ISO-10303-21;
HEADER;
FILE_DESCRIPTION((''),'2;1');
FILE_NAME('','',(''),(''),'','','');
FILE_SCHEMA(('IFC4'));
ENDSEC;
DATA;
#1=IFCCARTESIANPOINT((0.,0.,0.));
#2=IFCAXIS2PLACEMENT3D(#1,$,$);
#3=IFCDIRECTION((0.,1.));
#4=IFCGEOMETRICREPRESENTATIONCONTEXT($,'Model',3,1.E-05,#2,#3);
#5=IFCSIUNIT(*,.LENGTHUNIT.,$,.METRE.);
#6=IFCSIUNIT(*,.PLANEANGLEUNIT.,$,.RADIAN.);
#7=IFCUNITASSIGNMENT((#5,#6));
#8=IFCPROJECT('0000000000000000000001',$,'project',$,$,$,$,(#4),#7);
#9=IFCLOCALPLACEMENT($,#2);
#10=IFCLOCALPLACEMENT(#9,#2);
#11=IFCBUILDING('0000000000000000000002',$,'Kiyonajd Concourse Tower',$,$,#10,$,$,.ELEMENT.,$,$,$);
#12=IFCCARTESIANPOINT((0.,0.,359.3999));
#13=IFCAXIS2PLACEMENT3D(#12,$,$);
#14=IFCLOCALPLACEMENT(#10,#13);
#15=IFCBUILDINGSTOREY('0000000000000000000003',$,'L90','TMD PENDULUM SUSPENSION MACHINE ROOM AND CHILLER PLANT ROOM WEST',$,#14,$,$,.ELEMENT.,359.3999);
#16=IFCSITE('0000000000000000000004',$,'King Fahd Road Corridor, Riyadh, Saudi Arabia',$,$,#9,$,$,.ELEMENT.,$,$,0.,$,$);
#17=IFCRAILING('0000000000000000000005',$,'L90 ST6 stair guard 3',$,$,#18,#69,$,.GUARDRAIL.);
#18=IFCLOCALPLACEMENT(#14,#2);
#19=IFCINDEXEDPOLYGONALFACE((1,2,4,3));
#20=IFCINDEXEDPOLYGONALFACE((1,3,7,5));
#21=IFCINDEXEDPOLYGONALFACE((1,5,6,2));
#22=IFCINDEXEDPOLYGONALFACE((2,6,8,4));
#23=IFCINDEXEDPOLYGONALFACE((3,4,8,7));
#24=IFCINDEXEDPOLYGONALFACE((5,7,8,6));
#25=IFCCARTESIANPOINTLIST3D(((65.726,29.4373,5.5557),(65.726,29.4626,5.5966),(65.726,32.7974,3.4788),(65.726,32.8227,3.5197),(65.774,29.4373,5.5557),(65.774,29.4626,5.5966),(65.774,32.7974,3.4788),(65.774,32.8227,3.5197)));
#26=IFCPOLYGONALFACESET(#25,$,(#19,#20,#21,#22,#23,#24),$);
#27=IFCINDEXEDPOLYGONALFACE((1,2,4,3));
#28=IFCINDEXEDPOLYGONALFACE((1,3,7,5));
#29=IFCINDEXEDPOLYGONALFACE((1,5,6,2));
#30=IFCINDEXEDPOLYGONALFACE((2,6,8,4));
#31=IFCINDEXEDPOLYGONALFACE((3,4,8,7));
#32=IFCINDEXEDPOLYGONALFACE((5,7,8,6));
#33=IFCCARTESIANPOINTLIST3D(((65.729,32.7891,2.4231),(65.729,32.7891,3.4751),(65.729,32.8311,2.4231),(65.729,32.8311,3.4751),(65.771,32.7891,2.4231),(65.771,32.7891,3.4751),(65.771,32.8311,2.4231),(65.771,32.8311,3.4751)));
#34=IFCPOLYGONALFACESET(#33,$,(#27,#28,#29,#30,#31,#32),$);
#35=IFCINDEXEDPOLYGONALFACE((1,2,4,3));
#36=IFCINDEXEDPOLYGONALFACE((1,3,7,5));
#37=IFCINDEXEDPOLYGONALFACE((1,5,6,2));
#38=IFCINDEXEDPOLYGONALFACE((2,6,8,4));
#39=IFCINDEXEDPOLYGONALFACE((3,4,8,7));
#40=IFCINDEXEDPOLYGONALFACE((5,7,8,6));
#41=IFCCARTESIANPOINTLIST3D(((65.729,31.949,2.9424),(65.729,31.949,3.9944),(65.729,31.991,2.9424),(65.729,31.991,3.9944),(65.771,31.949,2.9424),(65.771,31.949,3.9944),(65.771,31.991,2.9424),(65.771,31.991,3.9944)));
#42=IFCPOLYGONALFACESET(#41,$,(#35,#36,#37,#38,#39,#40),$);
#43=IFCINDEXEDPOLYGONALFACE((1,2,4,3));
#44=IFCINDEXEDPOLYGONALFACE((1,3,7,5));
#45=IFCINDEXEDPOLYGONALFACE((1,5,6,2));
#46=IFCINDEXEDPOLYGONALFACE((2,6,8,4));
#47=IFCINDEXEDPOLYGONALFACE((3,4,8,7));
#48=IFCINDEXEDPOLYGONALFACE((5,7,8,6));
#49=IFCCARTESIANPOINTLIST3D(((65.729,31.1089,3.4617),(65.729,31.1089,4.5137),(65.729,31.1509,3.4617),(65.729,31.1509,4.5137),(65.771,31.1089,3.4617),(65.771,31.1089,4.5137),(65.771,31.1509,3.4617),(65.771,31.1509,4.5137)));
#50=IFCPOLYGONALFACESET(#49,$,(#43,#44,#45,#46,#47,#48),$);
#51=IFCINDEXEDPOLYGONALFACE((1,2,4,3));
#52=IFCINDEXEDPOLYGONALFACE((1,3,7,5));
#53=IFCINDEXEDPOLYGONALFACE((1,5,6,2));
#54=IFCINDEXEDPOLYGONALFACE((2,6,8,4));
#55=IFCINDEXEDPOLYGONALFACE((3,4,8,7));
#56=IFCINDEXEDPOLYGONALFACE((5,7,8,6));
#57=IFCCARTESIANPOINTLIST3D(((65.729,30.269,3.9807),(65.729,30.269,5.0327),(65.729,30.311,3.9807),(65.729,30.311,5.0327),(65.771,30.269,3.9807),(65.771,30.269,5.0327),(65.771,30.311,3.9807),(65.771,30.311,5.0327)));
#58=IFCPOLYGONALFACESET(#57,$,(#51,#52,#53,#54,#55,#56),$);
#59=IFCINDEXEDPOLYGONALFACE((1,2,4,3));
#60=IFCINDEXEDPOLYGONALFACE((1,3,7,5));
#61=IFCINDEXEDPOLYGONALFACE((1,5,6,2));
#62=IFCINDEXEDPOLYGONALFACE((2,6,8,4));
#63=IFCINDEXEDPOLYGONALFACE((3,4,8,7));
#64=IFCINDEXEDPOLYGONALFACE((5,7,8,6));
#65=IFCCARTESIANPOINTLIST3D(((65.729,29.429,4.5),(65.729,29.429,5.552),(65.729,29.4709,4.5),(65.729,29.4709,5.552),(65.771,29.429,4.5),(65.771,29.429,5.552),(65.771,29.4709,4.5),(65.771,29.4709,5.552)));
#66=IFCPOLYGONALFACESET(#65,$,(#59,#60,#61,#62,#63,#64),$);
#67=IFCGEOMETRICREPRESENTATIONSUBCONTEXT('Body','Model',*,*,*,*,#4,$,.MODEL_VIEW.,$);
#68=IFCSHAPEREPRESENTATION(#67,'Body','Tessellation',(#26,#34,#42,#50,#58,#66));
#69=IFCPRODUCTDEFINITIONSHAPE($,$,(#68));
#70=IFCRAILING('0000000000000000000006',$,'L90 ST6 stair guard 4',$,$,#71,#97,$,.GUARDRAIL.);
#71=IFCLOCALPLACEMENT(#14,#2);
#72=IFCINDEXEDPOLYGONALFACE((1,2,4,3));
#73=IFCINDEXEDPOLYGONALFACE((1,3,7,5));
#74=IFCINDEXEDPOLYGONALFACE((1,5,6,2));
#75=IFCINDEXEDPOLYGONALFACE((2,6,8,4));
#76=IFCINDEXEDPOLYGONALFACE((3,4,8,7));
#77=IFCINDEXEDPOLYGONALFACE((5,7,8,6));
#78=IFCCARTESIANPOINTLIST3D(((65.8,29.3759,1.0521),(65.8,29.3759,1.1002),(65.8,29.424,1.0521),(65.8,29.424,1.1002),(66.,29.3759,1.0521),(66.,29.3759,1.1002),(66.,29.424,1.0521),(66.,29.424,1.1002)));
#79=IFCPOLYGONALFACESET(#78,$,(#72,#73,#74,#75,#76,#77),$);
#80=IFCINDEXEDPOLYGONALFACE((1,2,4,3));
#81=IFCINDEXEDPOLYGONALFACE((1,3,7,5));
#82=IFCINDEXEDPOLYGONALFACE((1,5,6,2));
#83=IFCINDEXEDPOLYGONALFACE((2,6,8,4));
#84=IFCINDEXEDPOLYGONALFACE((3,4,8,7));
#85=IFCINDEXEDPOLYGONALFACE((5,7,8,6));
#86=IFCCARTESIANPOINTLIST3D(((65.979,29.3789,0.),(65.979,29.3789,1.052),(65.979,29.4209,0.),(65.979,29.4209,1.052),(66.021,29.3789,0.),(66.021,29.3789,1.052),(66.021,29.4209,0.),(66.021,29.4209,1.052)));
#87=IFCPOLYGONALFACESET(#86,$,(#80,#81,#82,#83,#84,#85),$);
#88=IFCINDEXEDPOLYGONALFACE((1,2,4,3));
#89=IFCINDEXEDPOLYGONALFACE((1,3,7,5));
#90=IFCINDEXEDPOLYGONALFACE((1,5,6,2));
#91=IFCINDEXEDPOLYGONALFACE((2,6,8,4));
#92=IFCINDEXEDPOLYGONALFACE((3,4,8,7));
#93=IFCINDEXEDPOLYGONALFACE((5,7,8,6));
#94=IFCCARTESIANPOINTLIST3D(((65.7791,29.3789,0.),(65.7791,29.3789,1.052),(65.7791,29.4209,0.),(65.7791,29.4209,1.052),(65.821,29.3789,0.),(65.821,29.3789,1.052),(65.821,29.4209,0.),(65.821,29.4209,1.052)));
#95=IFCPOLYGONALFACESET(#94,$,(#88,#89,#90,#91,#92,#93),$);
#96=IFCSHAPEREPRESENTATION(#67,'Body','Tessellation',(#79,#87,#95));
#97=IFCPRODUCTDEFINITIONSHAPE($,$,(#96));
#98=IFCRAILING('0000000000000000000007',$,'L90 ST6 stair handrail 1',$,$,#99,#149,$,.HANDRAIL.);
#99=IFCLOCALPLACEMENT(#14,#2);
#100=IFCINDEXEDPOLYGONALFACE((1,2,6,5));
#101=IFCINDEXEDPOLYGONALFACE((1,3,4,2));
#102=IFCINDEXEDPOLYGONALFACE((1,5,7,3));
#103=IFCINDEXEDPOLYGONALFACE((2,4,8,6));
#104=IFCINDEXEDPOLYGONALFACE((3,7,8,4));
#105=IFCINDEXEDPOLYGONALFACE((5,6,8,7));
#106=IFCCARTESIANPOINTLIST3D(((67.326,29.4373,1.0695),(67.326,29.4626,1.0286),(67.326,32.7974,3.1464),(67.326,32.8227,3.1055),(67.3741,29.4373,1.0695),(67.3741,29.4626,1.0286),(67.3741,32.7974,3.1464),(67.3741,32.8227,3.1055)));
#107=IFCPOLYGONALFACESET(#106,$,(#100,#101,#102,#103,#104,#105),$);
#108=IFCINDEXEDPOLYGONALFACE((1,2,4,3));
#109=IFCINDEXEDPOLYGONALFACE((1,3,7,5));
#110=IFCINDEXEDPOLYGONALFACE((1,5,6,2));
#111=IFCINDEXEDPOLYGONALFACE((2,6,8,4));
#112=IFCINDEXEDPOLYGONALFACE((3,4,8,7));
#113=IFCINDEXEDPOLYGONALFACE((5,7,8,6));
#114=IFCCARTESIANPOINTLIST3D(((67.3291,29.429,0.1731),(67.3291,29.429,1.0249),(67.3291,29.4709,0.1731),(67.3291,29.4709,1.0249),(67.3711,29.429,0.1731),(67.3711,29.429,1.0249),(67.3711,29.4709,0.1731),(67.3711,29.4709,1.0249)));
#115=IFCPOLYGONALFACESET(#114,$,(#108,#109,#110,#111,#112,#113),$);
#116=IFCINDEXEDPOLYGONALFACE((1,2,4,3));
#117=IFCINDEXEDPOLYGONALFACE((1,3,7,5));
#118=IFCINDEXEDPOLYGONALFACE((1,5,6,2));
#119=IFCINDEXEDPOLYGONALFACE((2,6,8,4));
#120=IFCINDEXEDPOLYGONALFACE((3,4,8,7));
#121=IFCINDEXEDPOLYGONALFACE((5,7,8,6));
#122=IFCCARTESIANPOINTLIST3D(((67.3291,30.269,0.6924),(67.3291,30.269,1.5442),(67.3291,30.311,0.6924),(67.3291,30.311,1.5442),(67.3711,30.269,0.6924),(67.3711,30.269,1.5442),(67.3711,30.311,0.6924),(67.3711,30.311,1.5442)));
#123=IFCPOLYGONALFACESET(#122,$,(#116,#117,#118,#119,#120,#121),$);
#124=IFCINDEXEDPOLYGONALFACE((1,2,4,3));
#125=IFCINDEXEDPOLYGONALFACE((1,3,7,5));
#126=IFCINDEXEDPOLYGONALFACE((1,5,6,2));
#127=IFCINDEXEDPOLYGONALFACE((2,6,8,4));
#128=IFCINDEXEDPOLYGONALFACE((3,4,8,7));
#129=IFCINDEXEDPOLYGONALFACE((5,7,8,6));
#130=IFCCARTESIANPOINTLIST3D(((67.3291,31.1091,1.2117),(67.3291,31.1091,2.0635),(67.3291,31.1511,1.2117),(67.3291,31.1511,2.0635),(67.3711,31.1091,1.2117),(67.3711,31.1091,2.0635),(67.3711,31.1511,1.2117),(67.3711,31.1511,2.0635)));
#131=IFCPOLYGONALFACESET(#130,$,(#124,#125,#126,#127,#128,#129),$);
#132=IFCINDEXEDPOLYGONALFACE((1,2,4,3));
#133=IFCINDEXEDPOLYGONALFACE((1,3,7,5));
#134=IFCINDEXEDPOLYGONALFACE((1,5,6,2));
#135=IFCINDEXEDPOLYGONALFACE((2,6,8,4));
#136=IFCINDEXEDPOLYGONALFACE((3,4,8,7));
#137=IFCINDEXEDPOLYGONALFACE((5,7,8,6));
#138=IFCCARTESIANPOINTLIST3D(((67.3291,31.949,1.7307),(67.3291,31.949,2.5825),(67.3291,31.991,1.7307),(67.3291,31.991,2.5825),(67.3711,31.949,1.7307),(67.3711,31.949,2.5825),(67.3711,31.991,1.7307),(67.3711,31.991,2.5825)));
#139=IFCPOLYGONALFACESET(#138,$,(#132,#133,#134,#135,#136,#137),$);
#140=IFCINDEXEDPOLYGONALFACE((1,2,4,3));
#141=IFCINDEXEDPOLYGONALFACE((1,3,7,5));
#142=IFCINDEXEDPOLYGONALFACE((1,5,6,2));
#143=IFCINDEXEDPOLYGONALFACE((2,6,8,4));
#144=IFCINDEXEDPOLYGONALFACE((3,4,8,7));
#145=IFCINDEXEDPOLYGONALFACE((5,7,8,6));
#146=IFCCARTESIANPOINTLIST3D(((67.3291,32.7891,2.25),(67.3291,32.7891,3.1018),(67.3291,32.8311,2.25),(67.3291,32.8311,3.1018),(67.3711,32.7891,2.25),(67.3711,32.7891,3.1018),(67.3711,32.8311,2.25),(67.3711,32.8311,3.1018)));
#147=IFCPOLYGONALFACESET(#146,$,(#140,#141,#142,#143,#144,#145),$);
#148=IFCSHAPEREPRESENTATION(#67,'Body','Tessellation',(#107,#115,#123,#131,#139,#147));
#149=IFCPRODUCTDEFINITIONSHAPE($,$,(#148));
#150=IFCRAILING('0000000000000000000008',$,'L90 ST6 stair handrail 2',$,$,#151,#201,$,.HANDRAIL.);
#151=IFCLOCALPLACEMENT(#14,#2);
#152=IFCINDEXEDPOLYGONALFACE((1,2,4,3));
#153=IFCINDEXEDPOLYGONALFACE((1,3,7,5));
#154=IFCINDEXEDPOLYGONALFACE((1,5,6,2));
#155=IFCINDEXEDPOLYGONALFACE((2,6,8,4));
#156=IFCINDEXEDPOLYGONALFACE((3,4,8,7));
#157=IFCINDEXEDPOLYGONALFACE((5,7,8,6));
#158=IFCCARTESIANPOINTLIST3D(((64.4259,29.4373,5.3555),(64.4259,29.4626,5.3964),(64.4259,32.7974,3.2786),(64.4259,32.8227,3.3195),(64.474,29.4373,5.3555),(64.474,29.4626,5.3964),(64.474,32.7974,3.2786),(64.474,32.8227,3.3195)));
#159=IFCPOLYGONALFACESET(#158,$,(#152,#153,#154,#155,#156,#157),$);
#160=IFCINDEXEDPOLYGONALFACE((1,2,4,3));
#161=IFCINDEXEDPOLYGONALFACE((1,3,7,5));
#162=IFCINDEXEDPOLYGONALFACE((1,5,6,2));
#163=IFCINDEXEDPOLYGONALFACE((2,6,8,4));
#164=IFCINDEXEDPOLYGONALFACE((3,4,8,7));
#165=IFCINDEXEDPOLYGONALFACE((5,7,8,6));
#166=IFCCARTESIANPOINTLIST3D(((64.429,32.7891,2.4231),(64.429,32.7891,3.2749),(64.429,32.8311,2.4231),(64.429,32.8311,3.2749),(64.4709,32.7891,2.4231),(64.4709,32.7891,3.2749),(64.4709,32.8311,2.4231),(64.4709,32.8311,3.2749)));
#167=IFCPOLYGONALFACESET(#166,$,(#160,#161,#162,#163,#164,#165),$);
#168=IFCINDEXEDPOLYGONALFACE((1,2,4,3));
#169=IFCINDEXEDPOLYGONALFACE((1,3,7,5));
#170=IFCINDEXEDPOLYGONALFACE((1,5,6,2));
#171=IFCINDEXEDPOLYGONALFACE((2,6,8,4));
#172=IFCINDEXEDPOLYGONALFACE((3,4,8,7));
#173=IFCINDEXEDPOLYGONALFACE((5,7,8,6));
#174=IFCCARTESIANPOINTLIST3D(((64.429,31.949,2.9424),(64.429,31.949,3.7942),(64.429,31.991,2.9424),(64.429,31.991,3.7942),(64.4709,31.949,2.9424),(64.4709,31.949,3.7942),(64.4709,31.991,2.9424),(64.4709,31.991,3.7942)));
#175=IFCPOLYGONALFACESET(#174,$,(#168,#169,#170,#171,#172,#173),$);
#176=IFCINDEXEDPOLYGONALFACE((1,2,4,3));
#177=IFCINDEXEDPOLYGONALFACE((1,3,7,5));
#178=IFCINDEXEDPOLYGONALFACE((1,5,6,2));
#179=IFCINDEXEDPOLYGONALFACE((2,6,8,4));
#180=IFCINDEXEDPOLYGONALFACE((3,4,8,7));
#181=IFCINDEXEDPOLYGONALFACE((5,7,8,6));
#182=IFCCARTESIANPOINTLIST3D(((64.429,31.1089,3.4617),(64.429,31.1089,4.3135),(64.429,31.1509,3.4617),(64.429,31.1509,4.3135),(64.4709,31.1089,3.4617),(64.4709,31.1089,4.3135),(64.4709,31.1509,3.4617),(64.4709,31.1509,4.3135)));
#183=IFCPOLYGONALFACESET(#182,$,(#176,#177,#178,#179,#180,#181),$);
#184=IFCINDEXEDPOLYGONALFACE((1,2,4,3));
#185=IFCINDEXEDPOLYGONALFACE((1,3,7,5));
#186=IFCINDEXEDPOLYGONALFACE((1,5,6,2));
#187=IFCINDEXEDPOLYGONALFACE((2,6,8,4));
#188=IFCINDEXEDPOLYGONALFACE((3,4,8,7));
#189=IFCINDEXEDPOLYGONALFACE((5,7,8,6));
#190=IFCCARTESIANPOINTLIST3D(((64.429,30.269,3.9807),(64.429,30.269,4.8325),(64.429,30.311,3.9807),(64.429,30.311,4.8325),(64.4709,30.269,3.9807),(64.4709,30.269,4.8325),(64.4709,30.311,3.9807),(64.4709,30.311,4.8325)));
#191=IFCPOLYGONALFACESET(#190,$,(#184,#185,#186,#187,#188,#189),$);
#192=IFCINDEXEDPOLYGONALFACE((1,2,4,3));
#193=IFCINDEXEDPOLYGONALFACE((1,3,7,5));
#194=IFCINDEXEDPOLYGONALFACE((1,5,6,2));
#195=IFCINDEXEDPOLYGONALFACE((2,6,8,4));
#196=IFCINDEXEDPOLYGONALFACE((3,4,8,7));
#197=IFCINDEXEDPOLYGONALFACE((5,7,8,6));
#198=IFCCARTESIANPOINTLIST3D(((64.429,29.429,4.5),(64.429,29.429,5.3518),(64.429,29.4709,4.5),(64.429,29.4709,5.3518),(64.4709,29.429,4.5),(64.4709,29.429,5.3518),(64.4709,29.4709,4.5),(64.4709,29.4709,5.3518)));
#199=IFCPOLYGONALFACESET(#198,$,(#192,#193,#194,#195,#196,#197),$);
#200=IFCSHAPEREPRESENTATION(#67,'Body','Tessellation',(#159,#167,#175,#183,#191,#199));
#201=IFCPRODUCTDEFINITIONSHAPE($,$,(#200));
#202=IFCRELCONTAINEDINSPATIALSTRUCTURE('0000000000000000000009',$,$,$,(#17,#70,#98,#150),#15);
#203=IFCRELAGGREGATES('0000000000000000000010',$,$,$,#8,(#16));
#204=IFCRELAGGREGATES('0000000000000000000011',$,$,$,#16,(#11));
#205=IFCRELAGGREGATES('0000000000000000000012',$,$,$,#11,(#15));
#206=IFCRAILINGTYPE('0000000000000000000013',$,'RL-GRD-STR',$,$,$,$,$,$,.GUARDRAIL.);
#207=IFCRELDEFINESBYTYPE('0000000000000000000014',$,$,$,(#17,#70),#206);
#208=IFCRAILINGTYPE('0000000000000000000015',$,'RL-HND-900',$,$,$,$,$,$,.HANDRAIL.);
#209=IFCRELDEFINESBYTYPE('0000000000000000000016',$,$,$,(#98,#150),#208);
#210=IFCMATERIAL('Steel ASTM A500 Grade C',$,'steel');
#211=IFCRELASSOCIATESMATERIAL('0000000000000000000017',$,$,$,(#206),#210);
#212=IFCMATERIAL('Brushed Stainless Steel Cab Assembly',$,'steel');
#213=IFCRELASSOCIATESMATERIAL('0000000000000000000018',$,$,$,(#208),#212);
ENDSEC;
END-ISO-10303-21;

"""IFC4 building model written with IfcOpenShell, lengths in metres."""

from ifc_helpers import new_model, si_unit, direction, frame, origin, origin_2d, place, context, subcontext, project, spatial, rectangle, extrude, material, type_object, element, save


model = new_model("IFC4")

# Units and contexts
model_context = context("Model", 3, precision=1e-05, world=origin(), true_north=direction((0.0, 1.0)))
body_context = subcontext(model_context, "Body", "Model", "MODEL_VIEW")
ifc_project = project(units=[si_unit("LENGTHUNIT", "METRE"), si_unit("PLANEANGLEUNIT", "RADIAN")], contexts=[model_context])

# Site, building, storey
site_placement = place(None, origin())
site = spatial("IfcSite", under=ifc_project, at=site_placement, Name="King Fahd Road Corridor, Riyadh, Saudi Arabia", CompositionType="ELEMENT", RefElevation=0.0)
building_placement = place(site_placement, origin())
building = spatial("IfcBuilding", under=site, at=building_placement, Name="Kiyonajd Concourse Tower", CompositionType="ELEMENT")
storey_placement = place(building_placement, frame((0.0, 0.0, 359.3999)))
storey = spatial("IfcBuildingStorey", under=building, at=storey_placement, Name="L90", Description="TMD PENDULUM SUSPENSION MACHINE ROOM AND CHILLER PLANT ROOM WEST", CompositionType="ELEMENT", Elevation=359.3999)

# Shared definitions
ifc_material_1 = material(Name="Steel ASTM A500 Grade C", Category="steel")

# Shared definitions
ifc_material_2 = material(Name="Brushed Stainless Steel Cab Assembly", Category="steel")

# Railings
railing_type_1 = type_object("IfcRailingType", Name="RL-GRD-STR", PredefinedType="GUARDRAIL", material=ifc_material_1)
railing_1_placement = place(storey_placement, frame((65.75, 32.8101, 2.4231)))
element("IfcRailing", 1, at=railing_1_placement, inside=storey, type_object=railing_type_1, Name="L90 ST6 stair guard 3", PredefinedType="GUARDRAIL", context=body_context, shape_type="SweptSolid", body=[
    extrude(rectangle(XDim=0.0481, YDim=0.0481, at=origin_2d()), frame((0.0, 0.0, 1.0762), z_axis=(0.0, -0.850623, 0.525776), x_axis=(1.0, 0.0, 0.0)), (0.0, 0.0, 1.0), 3.9502),
    extrude(rectangle(XDim=0.042, YDim=0.042, at=origin_2d()), origin(), (0.0, 0.0, 1.0), 1.052),
    extrude(rectangle(XDim=0.042, YDim=0.042, at=origin_2d()), frame((0.0, -0.8401, 0.5193)), (0.0, 0.0, 1.0), 1.052),
    extrude(rectangle(XDim=0.042, YDim=0.042, at=origin_2d()), frame((0.0, -1.6802, 1.0386)), (0.0, 0.0, 1.0), 1.052),
    extrude(rectangle(XDim=0.042, YDim=0.042, at=origin_2d()), frame((0.0, -2.52, 1.5576)), (0.0, 0.0, 1.0), 1.052),
    extrude(rectangle(XDim=0.042, YDim=0.042, at=origin_2d()), frame((0.0, -3.3601, 2.0769)), (0.0, 0.0, 1.0), 1.052),
])
railing_2_placement = place(storey_placement, frame((66.0, 29.3999, 0.0)))
element("IfcRailing", 2, at=railing_2_placement, inside=storey, type_object=railing_type_1, Name="L90 ST6 stair guard 4", PredefinedType="GUARDRAIL", context=body_context, shape_type="SweptSolid", body=[
    extrude(rectangle(XDim=0.0481, YDim=0.0481, at=origin_2d()), frame((0.0, 0.0, 1.0762), z_axis=(-1.0, 0.0, 0.0), x_axis=(0.0, -1.0, 0.0)), (0.0, 0.0, 1.0), 0.2),
    extrude(rectangle(XDim=0.042, YDim=0.042, at=origin_2d()), origin(), (0.0, 0.0, 1.0), 1.052),
    extrude(rectangle(XDim=0.042, YDim=0.042, at=origin_2d()), frame((-0.2, 0.0, 0.0)), (0.0, 0.0, 1.0), 1.052),
])
railing_type_2 = type_object("IfcRailingType", Name="RL-HND-900", PredefinedType="HANDRAIL", material=ifc_material_2)
railing_3_placement = place(storey_placement, frame((67.3501, 29.45, 0.1731)))
element("IfcRailing", 3, at=railing_3_placement, inside=storey, type_object=railing_type_2, Name="L90 ST6 stair handrail 1", PredefinedType="HANDRAIL", context=body_context, shape_type="SweptSolid", body=[
    extrude(rectangle(XDim=0.0481, YDim=0.0481, at=origin_2d()), frame((0.0, 0.0, 0.876), z_axis=(0.0, 0.850623, 0.525776), x_axis=(-1.0, 0.0, 0.0)), (0.0, 0.0, 1.0), 3.9502),
    extrude(rectangle(XDim=0.042, YDim=0.042, at=origin_2d()), origin(), (0.0, 0.0, 1.0), 0.8518),
    extrude(rectangle(XDim=0.042, YDim=0.042, at=origin_2d()), frame((0.0, 0.8401, 0.5193)), (0.0, 0.0, 1.0), 0.8518),
    extrude(rectangle(XDim=0.042, YDim=0.042, at=origin_2d()), frame((0.0, 1.6802, 1.0386)), (0.0, 0.0, 1.0), 0.8518),
    extrude(rectangle(XDim=0.042, YDim=0.042, at=origin_2d()), frame((0.0, 2.52, 1.5576)), (0.0, 0.0, 1.0), 0.8518),
    extrude(rectangle(XDim=0.042, YDim=0.042, at=origin_2d()), frame((0.0, 3.3601, 2.0769)), (0.0, 0.0, 1.0), 0.8518),
])
railing_4_placement = place(storey_placement, frame((64.45, 32.8101, 2.4231)))
element("IfcRailing", 4, at=railing_4_placement, inside=storey, type_object=railing_type_2, Name="L90 ST6 stair handrail 2", PredefinedType="HANDRAIL", context=body_context, shape_type="SweptSolid", body=[
    extrude(rectangle(XDim=0.0481, YDim=0.0481, at=origin_2d()), frame((0.0, 0.0, 0.876), z_axis=(0.0, -0.850623, 0.525776), x_axis=(1.0, 0.0, 0.0)), (0.0, 0.0, 1.0), 3.9502),
    extrude(rectangle(XDim=0.042, YDim=0.042, at=origin_2d()), origin(), (0.0, 0.0, 1.0), 0.8518),
    extrude(rectangle(XDim=0.042, YDim=0.042, at=origin_2d()), frame((0.0, -0.8401, 0.5193)), (0.0, 0.0, 1.0), 0.8518),
    extrude(rectangle(XDim=0.042, YDim=0.042, at=origin_2d()), frame((0.0, -1.6802, 1.0386)), (0.0, 0.0, 1.0), 0.8518),
    extrude(rectangle(XDim=0.042, YDim=0.042, at=origin_2d()), frame((0.0, -2.52, 1.5576)), (0.0, 0.0, 1.0), 0.8518),
    extrude(rectangle(XDim=0.042, YDim=0.042, at=origin_2d()), frame((0.0, -3.3601, 2.0769)), (0.0, 0.0, 1.0), 0.8518),
])

save(model, "model.ifc")
